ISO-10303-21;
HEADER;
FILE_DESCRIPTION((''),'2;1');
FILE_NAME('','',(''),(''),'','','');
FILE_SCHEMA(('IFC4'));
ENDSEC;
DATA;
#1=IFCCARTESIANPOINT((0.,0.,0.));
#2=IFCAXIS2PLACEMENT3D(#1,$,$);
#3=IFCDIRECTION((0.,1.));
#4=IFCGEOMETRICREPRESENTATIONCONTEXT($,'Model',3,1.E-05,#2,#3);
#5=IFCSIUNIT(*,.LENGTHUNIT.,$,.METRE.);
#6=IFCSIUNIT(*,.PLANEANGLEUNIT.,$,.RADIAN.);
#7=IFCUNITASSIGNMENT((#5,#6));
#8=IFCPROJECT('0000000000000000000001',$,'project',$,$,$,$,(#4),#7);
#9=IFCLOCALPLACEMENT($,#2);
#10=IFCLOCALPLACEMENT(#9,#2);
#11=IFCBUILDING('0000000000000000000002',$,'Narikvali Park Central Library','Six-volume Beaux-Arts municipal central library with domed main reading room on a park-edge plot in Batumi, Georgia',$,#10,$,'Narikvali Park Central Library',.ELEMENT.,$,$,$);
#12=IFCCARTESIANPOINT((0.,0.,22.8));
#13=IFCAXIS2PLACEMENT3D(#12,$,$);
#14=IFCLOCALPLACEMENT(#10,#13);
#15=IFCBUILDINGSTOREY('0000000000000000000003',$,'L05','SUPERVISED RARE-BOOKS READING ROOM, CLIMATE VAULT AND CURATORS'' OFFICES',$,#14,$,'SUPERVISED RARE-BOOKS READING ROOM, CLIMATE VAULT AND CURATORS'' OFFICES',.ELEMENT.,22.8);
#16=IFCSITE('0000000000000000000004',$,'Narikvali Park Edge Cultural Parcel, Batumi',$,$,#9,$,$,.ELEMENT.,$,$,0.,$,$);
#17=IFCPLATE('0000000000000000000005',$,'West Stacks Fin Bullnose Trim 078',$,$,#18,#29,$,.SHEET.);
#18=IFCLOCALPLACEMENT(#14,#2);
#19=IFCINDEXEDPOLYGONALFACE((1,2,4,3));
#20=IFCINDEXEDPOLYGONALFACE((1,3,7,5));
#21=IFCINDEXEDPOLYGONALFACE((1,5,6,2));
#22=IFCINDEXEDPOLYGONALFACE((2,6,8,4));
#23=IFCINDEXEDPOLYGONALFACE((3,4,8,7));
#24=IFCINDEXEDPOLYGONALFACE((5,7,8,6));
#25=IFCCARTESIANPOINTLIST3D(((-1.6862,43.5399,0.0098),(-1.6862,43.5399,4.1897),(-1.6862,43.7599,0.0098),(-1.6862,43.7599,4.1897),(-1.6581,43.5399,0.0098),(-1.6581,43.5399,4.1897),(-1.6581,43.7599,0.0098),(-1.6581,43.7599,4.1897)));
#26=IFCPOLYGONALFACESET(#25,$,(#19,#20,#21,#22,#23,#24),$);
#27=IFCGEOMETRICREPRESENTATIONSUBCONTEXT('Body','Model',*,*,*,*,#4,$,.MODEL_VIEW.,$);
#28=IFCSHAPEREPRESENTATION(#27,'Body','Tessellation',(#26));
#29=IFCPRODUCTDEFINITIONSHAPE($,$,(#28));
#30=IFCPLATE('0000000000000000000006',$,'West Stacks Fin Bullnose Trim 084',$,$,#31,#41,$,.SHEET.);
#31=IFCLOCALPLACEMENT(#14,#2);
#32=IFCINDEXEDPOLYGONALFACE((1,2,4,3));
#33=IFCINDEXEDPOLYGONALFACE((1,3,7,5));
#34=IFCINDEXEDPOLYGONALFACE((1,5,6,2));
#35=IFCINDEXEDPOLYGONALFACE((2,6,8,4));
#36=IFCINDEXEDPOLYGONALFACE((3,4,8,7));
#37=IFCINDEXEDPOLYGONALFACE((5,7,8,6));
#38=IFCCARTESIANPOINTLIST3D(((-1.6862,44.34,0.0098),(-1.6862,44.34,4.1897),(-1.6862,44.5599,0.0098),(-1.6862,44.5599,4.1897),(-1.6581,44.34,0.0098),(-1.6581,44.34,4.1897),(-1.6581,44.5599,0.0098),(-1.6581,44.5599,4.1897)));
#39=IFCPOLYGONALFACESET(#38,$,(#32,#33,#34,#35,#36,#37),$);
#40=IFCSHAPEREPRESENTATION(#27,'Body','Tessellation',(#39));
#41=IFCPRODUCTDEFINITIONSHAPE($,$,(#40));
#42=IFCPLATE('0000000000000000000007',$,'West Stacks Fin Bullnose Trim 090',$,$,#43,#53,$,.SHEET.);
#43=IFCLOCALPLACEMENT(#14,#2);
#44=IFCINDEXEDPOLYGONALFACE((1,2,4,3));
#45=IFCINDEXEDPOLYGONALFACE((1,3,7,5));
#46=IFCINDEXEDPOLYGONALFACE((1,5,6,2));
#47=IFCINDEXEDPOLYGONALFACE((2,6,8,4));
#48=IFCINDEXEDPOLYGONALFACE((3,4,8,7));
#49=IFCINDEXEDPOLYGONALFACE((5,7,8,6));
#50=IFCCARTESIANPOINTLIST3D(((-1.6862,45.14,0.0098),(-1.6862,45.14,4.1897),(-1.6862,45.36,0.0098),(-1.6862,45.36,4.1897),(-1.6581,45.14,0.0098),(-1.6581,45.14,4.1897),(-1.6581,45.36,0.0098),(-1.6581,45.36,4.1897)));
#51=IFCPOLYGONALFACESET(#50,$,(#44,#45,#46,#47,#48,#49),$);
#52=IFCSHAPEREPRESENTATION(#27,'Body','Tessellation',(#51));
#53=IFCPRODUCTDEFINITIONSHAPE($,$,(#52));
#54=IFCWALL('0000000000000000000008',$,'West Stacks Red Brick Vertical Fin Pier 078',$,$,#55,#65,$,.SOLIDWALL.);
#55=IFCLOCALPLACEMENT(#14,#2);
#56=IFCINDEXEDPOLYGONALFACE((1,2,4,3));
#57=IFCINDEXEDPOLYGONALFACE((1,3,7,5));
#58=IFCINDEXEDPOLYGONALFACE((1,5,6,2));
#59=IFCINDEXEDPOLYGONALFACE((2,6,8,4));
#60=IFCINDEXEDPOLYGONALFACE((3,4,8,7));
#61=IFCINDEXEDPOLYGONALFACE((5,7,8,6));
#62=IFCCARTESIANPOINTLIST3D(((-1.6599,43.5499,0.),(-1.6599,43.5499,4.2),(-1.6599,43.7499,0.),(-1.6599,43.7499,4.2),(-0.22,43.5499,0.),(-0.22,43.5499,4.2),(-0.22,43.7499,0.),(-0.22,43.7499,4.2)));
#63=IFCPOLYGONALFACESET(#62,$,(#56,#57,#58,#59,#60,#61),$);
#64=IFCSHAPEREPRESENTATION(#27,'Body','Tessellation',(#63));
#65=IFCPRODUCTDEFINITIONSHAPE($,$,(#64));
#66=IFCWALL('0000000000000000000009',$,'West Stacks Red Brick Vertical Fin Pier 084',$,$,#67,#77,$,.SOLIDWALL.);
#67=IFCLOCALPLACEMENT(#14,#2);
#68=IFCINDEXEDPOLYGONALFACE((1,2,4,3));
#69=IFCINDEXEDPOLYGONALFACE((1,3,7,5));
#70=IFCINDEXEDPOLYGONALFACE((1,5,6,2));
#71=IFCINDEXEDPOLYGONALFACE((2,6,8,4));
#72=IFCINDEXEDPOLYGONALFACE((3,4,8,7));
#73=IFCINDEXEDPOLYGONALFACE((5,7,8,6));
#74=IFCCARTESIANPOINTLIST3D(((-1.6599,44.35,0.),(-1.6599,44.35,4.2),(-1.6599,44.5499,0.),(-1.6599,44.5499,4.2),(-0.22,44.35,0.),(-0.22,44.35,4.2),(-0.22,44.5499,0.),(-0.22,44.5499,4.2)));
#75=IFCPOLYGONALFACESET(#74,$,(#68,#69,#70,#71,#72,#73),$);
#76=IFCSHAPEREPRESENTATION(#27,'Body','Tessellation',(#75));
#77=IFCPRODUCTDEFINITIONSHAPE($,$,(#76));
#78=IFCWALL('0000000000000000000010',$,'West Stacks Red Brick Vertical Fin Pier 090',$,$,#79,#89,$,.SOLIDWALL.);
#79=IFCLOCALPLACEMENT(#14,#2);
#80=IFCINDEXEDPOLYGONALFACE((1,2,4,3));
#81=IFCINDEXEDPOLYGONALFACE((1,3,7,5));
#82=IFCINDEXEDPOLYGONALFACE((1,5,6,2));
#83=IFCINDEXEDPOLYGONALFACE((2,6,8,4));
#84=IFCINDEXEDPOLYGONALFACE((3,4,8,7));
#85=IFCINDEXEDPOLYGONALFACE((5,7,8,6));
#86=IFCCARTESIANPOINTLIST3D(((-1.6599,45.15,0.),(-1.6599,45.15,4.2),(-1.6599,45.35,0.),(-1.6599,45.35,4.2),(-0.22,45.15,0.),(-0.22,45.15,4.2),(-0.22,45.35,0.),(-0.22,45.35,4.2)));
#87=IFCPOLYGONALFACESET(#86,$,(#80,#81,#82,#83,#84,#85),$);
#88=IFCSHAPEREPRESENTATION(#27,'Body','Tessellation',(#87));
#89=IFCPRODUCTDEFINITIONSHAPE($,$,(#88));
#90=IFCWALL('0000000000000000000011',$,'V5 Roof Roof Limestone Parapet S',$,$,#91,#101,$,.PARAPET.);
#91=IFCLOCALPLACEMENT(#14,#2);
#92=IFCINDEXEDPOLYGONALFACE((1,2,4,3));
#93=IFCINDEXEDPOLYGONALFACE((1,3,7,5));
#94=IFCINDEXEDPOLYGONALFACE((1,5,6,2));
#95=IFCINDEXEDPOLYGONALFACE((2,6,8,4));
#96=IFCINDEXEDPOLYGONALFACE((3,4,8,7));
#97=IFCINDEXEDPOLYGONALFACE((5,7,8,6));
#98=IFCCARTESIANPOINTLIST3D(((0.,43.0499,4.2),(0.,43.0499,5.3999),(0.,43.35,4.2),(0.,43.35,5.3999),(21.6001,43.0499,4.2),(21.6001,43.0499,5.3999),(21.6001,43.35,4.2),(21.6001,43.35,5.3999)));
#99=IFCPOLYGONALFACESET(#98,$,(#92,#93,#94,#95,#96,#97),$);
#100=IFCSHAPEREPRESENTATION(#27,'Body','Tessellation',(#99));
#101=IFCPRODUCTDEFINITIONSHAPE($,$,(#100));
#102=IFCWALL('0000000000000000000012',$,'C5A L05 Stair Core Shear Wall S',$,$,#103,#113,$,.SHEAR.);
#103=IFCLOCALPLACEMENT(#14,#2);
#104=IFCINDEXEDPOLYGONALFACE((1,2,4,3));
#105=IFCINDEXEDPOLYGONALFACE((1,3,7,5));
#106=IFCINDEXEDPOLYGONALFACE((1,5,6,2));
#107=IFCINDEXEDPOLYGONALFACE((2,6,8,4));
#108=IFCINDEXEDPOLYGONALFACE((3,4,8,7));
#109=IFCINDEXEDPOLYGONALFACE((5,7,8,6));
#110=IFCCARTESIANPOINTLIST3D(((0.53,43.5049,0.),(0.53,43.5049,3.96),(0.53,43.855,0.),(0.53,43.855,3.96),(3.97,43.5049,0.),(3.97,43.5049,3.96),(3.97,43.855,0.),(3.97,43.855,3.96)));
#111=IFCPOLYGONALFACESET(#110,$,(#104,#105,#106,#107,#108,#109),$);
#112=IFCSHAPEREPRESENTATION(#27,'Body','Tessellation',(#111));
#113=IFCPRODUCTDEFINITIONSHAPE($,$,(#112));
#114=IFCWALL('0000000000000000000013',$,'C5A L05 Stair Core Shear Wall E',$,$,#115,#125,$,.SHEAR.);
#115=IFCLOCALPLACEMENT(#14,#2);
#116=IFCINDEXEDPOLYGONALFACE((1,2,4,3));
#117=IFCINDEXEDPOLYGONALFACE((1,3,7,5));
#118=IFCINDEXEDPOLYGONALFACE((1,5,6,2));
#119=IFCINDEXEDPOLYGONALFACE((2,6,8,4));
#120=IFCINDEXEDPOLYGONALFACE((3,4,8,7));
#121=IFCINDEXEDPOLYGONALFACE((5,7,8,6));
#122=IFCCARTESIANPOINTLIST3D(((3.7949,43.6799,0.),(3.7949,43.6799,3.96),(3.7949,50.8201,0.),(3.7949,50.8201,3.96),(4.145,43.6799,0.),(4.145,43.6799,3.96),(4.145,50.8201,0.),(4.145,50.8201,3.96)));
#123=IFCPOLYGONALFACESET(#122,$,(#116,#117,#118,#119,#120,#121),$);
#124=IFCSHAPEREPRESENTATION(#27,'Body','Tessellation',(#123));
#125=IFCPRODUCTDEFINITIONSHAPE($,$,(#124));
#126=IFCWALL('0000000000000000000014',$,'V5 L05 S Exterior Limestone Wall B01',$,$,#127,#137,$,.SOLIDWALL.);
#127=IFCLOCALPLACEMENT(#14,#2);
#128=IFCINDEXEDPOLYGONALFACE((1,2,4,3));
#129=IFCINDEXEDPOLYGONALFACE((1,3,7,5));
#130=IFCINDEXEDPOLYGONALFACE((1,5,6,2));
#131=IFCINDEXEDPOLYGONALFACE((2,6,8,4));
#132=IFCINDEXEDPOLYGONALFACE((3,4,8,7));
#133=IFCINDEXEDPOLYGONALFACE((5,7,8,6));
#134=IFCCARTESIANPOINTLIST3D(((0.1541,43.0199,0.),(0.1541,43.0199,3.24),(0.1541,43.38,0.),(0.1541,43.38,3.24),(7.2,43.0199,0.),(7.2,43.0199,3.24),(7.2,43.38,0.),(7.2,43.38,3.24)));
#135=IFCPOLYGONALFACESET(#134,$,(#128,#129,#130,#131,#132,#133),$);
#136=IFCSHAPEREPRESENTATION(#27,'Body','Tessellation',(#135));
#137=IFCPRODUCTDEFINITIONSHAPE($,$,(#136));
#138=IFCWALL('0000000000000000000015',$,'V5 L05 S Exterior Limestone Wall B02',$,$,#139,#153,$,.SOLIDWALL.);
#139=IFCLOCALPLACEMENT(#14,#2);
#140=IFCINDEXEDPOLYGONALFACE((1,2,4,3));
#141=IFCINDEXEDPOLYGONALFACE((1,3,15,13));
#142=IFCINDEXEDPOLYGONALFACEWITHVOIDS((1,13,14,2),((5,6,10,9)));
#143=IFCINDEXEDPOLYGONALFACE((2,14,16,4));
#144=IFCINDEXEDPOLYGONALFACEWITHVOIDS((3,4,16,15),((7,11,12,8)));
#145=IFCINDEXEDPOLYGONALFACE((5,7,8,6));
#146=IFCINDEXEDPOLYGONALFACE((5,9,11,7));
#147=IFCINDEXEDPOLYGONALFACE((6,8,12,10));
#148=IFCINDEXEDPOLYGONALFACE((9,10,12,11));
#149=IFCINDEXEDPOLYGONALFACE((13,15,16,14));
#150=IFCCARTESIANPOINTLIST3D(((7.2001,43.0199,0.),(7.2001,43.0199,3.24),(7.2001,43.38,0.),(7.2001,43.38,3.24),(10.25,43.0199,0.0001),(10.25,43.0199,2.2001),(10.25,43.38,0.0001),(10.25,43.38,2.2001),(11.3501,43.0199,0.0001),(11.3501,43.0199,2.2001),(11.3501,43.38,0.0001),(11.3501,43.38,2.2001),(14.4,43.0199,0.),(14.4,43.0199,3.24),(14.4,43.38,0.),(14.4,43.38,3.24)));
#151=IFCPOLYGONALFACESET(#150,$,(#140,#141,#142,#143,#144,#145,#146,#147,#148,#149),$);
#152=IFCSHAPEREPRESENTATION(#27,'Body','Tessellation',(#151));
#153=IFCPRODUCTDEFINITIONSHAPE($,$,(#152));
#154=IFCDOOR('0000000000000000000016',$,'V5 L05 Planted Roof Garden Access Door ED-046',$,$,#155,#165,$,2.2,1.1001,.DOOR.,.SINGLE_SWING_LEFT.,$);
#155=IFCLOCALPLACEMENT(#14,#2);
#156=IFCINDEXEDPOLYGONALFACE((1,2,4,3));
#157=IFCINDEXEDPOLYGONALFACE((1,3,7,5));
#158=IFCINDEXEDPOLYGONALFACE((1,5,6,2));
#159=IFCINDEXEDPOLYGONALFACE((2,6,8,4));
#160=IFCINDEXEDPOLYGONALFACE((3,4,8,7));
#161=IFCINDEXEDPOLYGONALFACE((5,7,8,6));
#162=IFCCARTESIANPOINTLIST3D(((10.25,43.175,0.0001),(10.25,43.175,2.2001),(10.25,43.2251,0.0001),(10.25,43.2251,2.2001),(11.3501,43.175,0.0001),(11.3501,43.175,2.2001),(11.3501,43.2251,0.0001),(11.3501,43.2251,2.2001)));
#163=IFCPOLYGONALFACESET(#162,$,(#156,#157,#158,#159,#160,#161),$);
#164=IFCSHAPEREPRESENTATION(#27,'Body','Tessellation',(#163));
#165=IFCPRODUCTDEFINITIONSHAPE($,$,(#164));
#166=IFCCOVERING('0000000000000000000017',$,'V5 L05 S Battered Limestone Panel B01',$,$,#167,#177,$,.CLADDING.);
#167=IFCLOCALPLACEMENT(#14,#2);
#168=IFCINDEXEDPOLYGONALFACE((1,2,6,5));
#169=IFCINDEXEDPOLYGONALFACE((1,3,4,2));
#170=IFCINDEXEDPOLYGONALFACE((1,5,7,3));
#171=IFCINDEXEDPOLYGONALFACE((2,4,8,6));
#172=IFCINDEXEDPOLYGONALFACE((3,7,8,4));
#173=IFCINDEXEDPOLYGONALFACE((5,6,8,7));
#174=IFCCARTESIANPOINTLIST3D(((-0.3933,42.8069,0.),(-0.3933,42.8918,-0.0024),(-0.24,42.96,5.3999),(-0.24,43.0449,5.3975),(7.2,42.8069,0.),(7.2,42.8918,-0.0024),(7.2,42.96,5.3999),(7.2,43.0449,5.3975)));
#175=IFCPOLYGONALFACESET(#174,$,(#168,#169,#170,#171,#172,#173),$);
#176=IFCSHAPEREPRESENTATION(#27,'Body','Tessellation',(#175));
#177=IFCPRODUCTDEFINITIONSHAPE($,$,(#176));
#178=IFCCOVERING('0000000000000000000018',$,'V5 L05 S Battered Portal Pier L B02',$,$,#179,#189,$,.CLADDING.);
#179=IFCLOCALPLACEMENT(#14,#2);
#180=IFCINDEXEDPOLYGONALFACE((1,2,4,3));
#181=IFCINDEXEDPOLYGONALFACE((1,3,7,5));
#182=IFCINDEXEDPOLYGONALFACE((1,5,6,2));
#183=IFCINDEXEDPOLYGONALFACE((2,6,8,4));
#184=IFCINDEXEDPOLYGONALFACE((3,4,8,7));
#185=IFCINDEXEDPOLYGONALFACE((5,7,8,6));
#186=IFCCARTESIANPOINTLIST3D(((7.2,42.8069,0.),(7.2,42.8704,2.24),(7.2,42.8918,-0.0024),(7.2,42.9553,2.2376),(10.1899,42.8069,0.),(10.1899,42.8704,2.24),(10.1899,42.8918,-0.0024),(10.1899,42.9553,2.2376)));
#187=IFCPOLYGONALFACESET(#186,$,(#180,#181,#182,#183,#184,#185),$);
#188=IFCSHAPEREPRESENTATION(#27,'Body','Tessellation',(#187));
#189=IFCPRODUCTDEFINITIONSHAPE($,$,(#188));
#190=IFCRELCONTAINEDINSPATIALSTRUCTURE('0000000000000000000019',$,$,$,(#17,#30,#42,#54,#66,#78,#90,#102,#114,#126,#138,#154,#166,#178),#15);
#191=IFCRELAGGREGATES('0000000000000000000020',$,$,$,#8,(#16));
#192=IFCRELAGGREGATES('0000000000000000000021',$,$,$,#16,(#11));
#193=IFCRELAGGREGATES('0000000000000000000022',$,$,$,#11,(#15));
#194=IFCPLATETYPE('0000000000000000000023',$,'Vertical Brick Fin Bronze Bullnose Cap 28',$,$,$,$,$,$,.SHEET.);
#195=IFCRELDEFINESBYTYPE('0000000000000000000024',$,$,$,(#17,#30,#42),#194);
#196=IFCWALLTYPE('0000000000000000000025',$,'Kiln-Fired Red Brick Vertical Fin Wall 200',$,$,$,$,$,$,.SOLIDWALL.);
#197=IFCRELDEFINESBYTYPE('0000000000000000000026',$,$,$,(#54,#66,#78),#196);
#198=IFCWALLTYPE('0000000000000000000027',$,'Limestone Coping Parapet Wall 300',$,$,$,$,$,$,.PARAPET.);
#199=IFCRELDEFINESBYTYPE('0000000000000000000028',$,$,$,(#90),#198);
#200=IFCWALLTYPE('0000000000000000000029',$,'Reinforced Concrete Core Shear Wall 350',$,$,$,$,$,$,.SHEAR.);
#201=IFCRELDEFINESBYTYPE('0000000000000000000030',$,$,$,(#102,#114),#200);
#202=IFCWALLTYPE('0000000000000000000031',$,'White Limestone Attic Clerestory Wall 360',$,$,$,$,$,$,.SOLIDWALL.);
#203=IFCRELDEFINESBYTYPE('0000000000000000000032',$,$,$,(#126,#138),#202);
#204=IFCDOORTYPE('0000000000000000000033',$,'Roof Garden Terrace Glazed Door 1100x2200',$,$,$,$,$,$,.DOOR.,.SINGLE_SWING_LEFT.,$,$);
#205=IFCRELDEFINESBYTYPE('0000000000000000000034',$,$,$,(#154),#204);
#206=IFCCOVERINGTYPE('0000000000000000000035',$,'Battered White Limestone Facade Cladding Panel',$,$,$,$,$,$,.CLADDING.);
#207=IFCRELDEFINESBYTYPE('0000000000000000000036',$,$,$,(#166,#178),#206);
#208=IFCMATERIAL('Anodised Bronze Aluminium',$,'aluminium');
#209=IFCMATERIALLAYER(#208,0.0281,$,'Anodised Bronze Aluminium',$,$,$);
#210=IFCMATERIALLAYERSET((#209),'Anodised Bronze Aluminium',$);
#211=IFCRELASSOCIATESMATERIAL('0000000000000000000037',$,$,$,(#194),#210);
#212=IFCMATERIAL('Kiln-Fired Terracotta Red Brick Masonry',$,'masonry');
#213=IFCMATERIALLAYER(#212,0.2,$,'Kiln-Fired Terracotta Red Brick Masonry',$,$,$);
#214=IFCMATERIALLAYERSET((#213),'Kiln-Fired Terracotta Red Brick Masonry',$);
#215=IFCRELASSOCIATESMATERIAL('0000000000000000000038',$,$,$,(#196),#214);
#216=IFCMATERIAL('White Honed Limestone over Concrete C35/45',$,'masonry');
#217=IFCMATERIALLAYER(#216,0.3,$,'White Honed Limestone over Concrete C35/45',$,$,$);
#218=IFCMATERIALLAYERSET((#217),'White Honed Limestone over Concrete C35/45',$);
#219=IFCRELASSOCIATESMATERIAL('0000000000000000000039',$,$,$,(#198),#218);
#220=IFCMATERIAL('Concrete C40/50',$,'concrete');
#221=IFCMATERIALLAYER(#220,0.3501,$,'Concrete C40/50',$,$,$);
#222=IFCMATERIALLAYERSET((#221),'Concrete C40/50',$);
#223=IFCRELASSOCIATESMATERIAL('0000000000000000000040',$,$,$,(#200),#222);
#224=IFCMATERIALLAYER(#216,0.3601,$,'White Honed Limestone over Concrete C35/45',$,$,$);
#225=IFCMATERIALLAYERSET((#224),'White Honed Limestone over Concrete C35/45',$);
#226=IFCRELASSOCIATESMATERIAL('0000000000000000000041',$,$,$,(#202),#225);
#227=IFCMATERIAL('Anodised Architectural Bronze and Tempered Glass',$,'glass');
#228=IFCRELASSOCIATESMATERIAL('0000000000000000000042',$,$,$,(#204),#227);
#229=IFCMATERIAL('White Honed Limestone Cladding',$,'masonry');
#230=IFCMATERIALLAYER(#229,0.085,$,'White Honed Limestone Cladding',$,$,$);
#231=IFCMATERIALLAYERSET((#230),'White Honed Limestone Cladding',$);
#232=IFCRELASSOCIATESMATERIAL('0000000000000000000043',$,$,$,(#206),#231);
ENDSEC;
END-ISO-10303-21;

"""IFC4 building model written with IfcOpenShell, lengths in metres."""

from ifc_helpers import new_model, si_unit, direction, frame, frame_2d, origin, origin_2d, place, context, subcontext, project, spatial, polyline, rectangle, outline, extrude, material, layer, layer_set, type_object, element, fill, save


model = new_model("IFC4")

# Units and contexts
model_context = context("Model", 3, precision=1e-05, world=origin(), true_north=direction((0.0, 1.0)))
body_context = subcontext(model_context, "Body", "Model", "MODEL_VIEW")
ifc_project = project(units=[si_unit("LENGTHUNIT", "METRE"), si_unit("PLANEANGLEUNIT", "RADIAN")], contexts=[model_context])

# Site, building, storey
site_placement = place(None, origin())
site = spatial("IfcSite", under=ifc_project, at=site_placement, Name="Narikvali Park Edge Cultural Parcel, Batumi", CompositionType="ELEMENT", RefElevation=0.0)
building_placement = place(site_placement, origin())
building = spatial("IfcBuilding", under=site, at=building_placement, Name="Narikvali Park Central Library", Description="Six-volume Beaux-Arts municipal central library with domed main reading room on a park-edge plot in Batumi, Georgia", LongName="Narikvali Park Central Library", CompositionType="ELEMENT")
storey_placement = place(building_placement, frame((0.0, 0.0, 22.8)))
storey = spatial("IfcBuildingStorey", under=building, at=storey_placement, Name="L05", Description="SUPERVISED RARE-BOOKS READING ROOM, CLIMATE VAULT AND CURATORS' OFFICES", LongName="SUPERVISED RARE-BOOKS READING ROOM, CLIMATE VAULT AND CURATORS' OFFICES", CompositionType="ELEMENT", Elevation=22.8)

# Plates
ifc_material_1 = material(Name="Anodised Bronze Aluminium", Category="aluminium")
ifc_layer_1 = layer(ifc_material_1, 0.0281, Name="Anodised Bronze Aluminium")
ifc_layer_set_1 = layer_set([ifc_layer_1], Name="Anodised Bronze Aluminium")
plate_type = type_object("IfcPlateType", Name="Vertical Brick Fin Bronze Bullnose Cap 28", PredefinedType="SHEET", material=ifc_layer_set_1)
for number, where, z_axis, x_axis, name in (
    (1, (-1.6721, 43.6499, 0.0098), (0.0, 0.0, 1.0), (1.0, 0.0, 0.0), "West Stacks Fin Bullnose Trim 078"),
    (2, (-1.6721, 44.45, 0.0098), (0.0, 0.0, 1.0), (1.0, 0.0, 0.0), "West Stacks Fin Bullnose Trim 084"),
    (3, (-1.6721, 45.25, 0.0098), (0.0, 0.0, 1.0), (1.0, 0.0, 0.0), "West Stacks Fin Bullnose Trim 090"),
):
    element("IfcPlate", number, at=place(storey_placement, frame(where, z_axis=z_axis, x_axis=x_axis)), inside=storey, type_object=plate_type, Name=name, PredefinedType="SHEET", context=body_context, shape_type="SweptSolid", body=[
        extrude(rectangle(XDim=0.0281, YDim=0.22, at=origin_2d()), origin(), (0.0, 0.0, 1.0), 4.1799),
    ])

# Walls
ifc_material_2 = material(Name="Kiln-Fired Terracotta Red Brick Masonry", Category="masonry")
ifc_layer_2 = layer(ifc_material_2, 0.2, Name="Kiln-Fired Terracotta Red Brick Masonry")
ifc_layer_set_2 = layer_set([ifc_layer_2], Name="Kiln-Fired Terracotta Red Brick Masonry")
wall_type_1 = type_object("IfcWallType", Name="Kiln-Fired Red Brick Vertical Fin Wall 200", PredefinedType="SOLIDWALL", material=ifc_layer_set_2)
for number, where, z_axis, x_axis, name in (
    (4, (-1.6599, 43.6499, 0.0), (0.0, 0.0, 1.0), (1.0, 0.0, 0.0), "West Stacks Red Brick Vertical Fin Pier 078"),
    (5, (-1.6599, 44.45, 0.0), (0.0, 0.0, 1.0), (1.0, 0.0, 0.0), "West Stacks Red Brick Vertical Fin Pier 084"),
    (6, (-1.6599, 45.25, 0.0), (0.0, 0.0, 1.0), (1.0, 0.0, 0.0), "West Stacks Red Brick Vertical Fin Pier 090"),
):
    element("IfcWall", number, at=place(storey_placement, frame(where, z_axis=z_axis, x_axis=x_axis)), inside=storey, type_object=wall_type_1, Name=name, PredefinedType="SOLIDWALL", context=body_context, shape_type="SweptSolid", body=[
        extrude(rectangle(XDim=1.4399, YDim=0.2, at=frame_2d((0.72, 0.0))), origin(), (0.0, 0.0, 1.0), 4.2),
    ])
ifc_material_3 = material(Name="White Honed Limestone over Concrete C35/45", Category="masonry")
ifc_layer_3 = layer(ifc_material_3, 0.3, Name="White Honed Limestone over Concrete C35/45")
ifc_layer_set_3 = layer_set([ifc_layer_3], Name="White Honed Limestone over Concrete C35/45")
wall_type_2 = type_object("IfcWallType", Name="Limestone Coping Parapet Wall 300", PredefinedType="PARAPET", material=ifc_layer_set_3)
wall_1_placement = place(storey_placement, frame((0.0, 43.2, 4.2), z_axis=(0.0, 0.0, 1.0), x_axis=(1.0, 0.0, 0.0)))
element("IfcWall", 7, at=wall_1_placement, inside=storey, type_object=wall_type_2, Name="V5 Roof Roof Limestone Parapet S", PredefinedType="PARAPET", context=body_context, shape_type="SweptSolid", body=[
    extrude(rectangle(XDim=21.6001, YDim=0.3, at=frame_2d((10.8, 0.0))), origin(), (0.0, 0.0, 1.0), 1.2),
])
ifc_material_4 = material(Name="Concrete C40/50", Category="concrete")
ifc_layer_4 = layer(ifc_material_4, 0.3501, Name="Concrete C40/50")
ifc_layer_set_4 = layer_set([ifc_layer_4], Name="Concrete C40/50")
wall_type_3 = type_object("IfcWallType", Name="Reinforced Concrete Core Shear Wall 350", PredefinedType="SHEAR", material=ifc_layer_set_4)
wall_2_placement = place(storey_placement, frame((0.53, 43.6799, 0.0), z_axis=(0.0, 0.0, 1.0), x_axis=(1.0, 0.0, 0.0)))
element("IfcWall", 8, at=wall_2_placement, inside=storey, type_object=wall_type_3, Name="C5A L05 Stair Core Shear Wall S", PredefinedType="SHEAR", context=body_context, shape_type="SweptSolid", body=[
    extrude(rectangle(XDim=3.4399, YDim=0.3501, at=frame_2d((1.72, 0.0))), origin(), (0.0, 0.0, 1.0), 3.96),
])
wall_3_placement = place(storey_placement, frame((3.97, 43.6799, 0.0), z_axis=(0.0, 0.0, 1.0), x_axis=(0.0, 1.0, 0.0)))
element("IfcWall", 9, at=wall_3_placement, inside=storey, type_object=wall_type_3, Name="C5A L05 Stair Core Shear Wall E", PredefinedType="SHEAR", context=body_context, shape_type="SweptSolid", body=[
    extrude(rectangle(XDim=7.1401, YDim=0.3501, at=frame_2d((3.5701, 0.0))), origin(), (0.0, 0.0, 1.0), 3.96),
])
ifc_layer_5 = layer(ifc_material_3, 0.3601, Name="White Honed Limestone over Concrete C35/45")
ifc_layer_set_5 = layer_set([ifc_layer_5], Name="White Honed Limestone over Concrete C35/45")
wall_type_4 = type_object("IfcWallType", Name="White Limestone Attic Clerestory Wall 360", PredefinedType="SOLIDWALL", material=ifc_layer_set_5)
wall_4_placement = place(storey_placement, frame((0.1541, 43.2, 0.0), z_axis=(0.0, 0.0, 1.0), x_axis=(1.0, 0.0, 0.0)))
element("IfcWall", 10, at=wall_4_placement, inside=storey, type_object=wall_type_4, Name="V5 L05 S Exterior Limestone Wall B01", PredefinedType="SOLIDWALL", context=body_context, shape_type="SweptSolid", body=[
    extrude(rectangle(XDim=7.0459, YDim=0.3601, at=frame_2d((3.5229, 0.0))), origin(), (0.0, 0.0, 1.0), 3.24),
])

# Wall, opening, door
wall_5_placement = place(storey_placement, frame((7.2, 43.2, 0.0), z_axis=(0.0, 0.0, 1.0), x_axis=(1.0, 0.0, 0.0)))
wall_5 = element("IfcWall", 11, at=wall_5_placement, inside=storey, type_object=wall_type_4, Name="V5 L05 S Exterior Limestone Wall B02", PredefinedType="SOLIDWALL", context=body_context, shape_type="SweptSolid", body=[
    extrude(rectangle(XDim=7.2, YDim=0.3601, at=frame_2d((3.6001, 0.0))), origin(), (0.0, 0.0, 1.0), 3.24),
])
opening_placement = place(wall_5_placement, frame((3.05, 0.0, 0.0)))
opening = element("IfcOpeningElement", 12, at=opening_placement, cuts=wall_5, PredefinedType="OPENING", context=body_context, shape_type="SweptSolid", body=[
    extrude(rectangle(XDim=1.1001, YDim=2.2, at=frame_2d((0.55, 1.1001))), frame((0.0, 0.1919, 0.0), z_axis=(0.0, -1.0, 0.0), x_axis=(1.0, 0.0, 0.0)), (0.0, 0.0, 1.0), 0.384),
])
ifc_material_5 = material(Name="Anodised Architectural Bronze and Tempered Glass", Category="glass")
door_type = type_object("IfcDoorType", Name="Roof Garden Terrace Glazed Door 1100x2200", OperationType="SINGLE_SWING_LEFT", PredefinedType="DOOR", material=ifc_material_5)
door_placement = place(opening_placement, frame((1.1001, 0.0, 0.0), z_axis=(0.0, 0.0, 1.0), x_axis=(-1.0, 0.0, 0.0)))
door = element("IfcDoor", 13, at=door_placement, inside=storey, type_object=door_type, Name="V5 L05 Planted Roof Garden Access Door ED-046", OperationType="SINGLE_SWING_LEFT", OverallHeight=2.2, OverallWidth=1.1001, PredefinedType="DOOR", context=body_context, shape_type="SweptSolid", body=[
    extrude(rectangle(XDim=1.1001, YDim=2.2, at=frame_2d((0.55, 1.1001))), frame((0.0, 0.0249, 0.0), z_axis=(0.0, -1.0, 0.0), x_axis=(1.0, 0.0, 0.0)), (0.0, 0.0, 1.0), 0.05),
])
fill(opening, door)

# Coverings
ifc_material_6 = material(Name="White Honed Limestone Cladding", Category="masonry")
ifc_layer_6 = layer(ifc_material_6, 0.085, Name="White Honed Limestone Cladding")
ifc_layer_set_6 = layer_set([ifc_layer_6], Name="White Honed Limestone Cladding")
covering_type = type_object("IfcCoveringType", Name="Battered White Limestone Facade Cladding Panel", PredefinedType="CLADDING", material=ifc_layer_set_6)
covering_1_placement = place(storey_placement, frame((-0.3933, 42.8069, 0.0), z_axis=(0.0, -0.999598, 0.028337), x_axis=(1.0, 0.0, 0.0)))
element("IfcCovering", 14, at=covering_1_placement, inside=storey, type_object=covering_type, Name="V5 L05 S Battered Limestone Panel B01", PredefinedType="CLADDING", context=body_context, shape_type="SweptSolid", body=[
    extrude(outline(polyline([(0.0, 0.0), (7.5933, 0.0), (7.5933, 5.4021), (0.1533, 5.4021), (0.0, 0.0)])), origin(), (0.0, 0.0, -1.0), 0.085),
])
covering_2_placement = place(storey_placement, frame((7.2, 42.8069, 0.0), z_axis=(0.0, -0.999599, 0.028327), x_axis=(1.0, 0.0, 0.0)))
element("IfcCovering", 15, at=covering_2_placement, inside=storey, type_object=covering_type, Name="V5 L05 S Battered Portal Pier L B02", PredefinedType="CLADDING", context=body_context, shape_type="SweptSolid", body=[
    extrude(outline(polyline([(0.0, 0.0), (2.99, 0.0), (2.99, 2.2409), (0.0, 2.2409), (0.0, 0.0)])), origin(), (0.0, 0.0, -1.0), 0.085),
])

save(model, "model.ifc")
